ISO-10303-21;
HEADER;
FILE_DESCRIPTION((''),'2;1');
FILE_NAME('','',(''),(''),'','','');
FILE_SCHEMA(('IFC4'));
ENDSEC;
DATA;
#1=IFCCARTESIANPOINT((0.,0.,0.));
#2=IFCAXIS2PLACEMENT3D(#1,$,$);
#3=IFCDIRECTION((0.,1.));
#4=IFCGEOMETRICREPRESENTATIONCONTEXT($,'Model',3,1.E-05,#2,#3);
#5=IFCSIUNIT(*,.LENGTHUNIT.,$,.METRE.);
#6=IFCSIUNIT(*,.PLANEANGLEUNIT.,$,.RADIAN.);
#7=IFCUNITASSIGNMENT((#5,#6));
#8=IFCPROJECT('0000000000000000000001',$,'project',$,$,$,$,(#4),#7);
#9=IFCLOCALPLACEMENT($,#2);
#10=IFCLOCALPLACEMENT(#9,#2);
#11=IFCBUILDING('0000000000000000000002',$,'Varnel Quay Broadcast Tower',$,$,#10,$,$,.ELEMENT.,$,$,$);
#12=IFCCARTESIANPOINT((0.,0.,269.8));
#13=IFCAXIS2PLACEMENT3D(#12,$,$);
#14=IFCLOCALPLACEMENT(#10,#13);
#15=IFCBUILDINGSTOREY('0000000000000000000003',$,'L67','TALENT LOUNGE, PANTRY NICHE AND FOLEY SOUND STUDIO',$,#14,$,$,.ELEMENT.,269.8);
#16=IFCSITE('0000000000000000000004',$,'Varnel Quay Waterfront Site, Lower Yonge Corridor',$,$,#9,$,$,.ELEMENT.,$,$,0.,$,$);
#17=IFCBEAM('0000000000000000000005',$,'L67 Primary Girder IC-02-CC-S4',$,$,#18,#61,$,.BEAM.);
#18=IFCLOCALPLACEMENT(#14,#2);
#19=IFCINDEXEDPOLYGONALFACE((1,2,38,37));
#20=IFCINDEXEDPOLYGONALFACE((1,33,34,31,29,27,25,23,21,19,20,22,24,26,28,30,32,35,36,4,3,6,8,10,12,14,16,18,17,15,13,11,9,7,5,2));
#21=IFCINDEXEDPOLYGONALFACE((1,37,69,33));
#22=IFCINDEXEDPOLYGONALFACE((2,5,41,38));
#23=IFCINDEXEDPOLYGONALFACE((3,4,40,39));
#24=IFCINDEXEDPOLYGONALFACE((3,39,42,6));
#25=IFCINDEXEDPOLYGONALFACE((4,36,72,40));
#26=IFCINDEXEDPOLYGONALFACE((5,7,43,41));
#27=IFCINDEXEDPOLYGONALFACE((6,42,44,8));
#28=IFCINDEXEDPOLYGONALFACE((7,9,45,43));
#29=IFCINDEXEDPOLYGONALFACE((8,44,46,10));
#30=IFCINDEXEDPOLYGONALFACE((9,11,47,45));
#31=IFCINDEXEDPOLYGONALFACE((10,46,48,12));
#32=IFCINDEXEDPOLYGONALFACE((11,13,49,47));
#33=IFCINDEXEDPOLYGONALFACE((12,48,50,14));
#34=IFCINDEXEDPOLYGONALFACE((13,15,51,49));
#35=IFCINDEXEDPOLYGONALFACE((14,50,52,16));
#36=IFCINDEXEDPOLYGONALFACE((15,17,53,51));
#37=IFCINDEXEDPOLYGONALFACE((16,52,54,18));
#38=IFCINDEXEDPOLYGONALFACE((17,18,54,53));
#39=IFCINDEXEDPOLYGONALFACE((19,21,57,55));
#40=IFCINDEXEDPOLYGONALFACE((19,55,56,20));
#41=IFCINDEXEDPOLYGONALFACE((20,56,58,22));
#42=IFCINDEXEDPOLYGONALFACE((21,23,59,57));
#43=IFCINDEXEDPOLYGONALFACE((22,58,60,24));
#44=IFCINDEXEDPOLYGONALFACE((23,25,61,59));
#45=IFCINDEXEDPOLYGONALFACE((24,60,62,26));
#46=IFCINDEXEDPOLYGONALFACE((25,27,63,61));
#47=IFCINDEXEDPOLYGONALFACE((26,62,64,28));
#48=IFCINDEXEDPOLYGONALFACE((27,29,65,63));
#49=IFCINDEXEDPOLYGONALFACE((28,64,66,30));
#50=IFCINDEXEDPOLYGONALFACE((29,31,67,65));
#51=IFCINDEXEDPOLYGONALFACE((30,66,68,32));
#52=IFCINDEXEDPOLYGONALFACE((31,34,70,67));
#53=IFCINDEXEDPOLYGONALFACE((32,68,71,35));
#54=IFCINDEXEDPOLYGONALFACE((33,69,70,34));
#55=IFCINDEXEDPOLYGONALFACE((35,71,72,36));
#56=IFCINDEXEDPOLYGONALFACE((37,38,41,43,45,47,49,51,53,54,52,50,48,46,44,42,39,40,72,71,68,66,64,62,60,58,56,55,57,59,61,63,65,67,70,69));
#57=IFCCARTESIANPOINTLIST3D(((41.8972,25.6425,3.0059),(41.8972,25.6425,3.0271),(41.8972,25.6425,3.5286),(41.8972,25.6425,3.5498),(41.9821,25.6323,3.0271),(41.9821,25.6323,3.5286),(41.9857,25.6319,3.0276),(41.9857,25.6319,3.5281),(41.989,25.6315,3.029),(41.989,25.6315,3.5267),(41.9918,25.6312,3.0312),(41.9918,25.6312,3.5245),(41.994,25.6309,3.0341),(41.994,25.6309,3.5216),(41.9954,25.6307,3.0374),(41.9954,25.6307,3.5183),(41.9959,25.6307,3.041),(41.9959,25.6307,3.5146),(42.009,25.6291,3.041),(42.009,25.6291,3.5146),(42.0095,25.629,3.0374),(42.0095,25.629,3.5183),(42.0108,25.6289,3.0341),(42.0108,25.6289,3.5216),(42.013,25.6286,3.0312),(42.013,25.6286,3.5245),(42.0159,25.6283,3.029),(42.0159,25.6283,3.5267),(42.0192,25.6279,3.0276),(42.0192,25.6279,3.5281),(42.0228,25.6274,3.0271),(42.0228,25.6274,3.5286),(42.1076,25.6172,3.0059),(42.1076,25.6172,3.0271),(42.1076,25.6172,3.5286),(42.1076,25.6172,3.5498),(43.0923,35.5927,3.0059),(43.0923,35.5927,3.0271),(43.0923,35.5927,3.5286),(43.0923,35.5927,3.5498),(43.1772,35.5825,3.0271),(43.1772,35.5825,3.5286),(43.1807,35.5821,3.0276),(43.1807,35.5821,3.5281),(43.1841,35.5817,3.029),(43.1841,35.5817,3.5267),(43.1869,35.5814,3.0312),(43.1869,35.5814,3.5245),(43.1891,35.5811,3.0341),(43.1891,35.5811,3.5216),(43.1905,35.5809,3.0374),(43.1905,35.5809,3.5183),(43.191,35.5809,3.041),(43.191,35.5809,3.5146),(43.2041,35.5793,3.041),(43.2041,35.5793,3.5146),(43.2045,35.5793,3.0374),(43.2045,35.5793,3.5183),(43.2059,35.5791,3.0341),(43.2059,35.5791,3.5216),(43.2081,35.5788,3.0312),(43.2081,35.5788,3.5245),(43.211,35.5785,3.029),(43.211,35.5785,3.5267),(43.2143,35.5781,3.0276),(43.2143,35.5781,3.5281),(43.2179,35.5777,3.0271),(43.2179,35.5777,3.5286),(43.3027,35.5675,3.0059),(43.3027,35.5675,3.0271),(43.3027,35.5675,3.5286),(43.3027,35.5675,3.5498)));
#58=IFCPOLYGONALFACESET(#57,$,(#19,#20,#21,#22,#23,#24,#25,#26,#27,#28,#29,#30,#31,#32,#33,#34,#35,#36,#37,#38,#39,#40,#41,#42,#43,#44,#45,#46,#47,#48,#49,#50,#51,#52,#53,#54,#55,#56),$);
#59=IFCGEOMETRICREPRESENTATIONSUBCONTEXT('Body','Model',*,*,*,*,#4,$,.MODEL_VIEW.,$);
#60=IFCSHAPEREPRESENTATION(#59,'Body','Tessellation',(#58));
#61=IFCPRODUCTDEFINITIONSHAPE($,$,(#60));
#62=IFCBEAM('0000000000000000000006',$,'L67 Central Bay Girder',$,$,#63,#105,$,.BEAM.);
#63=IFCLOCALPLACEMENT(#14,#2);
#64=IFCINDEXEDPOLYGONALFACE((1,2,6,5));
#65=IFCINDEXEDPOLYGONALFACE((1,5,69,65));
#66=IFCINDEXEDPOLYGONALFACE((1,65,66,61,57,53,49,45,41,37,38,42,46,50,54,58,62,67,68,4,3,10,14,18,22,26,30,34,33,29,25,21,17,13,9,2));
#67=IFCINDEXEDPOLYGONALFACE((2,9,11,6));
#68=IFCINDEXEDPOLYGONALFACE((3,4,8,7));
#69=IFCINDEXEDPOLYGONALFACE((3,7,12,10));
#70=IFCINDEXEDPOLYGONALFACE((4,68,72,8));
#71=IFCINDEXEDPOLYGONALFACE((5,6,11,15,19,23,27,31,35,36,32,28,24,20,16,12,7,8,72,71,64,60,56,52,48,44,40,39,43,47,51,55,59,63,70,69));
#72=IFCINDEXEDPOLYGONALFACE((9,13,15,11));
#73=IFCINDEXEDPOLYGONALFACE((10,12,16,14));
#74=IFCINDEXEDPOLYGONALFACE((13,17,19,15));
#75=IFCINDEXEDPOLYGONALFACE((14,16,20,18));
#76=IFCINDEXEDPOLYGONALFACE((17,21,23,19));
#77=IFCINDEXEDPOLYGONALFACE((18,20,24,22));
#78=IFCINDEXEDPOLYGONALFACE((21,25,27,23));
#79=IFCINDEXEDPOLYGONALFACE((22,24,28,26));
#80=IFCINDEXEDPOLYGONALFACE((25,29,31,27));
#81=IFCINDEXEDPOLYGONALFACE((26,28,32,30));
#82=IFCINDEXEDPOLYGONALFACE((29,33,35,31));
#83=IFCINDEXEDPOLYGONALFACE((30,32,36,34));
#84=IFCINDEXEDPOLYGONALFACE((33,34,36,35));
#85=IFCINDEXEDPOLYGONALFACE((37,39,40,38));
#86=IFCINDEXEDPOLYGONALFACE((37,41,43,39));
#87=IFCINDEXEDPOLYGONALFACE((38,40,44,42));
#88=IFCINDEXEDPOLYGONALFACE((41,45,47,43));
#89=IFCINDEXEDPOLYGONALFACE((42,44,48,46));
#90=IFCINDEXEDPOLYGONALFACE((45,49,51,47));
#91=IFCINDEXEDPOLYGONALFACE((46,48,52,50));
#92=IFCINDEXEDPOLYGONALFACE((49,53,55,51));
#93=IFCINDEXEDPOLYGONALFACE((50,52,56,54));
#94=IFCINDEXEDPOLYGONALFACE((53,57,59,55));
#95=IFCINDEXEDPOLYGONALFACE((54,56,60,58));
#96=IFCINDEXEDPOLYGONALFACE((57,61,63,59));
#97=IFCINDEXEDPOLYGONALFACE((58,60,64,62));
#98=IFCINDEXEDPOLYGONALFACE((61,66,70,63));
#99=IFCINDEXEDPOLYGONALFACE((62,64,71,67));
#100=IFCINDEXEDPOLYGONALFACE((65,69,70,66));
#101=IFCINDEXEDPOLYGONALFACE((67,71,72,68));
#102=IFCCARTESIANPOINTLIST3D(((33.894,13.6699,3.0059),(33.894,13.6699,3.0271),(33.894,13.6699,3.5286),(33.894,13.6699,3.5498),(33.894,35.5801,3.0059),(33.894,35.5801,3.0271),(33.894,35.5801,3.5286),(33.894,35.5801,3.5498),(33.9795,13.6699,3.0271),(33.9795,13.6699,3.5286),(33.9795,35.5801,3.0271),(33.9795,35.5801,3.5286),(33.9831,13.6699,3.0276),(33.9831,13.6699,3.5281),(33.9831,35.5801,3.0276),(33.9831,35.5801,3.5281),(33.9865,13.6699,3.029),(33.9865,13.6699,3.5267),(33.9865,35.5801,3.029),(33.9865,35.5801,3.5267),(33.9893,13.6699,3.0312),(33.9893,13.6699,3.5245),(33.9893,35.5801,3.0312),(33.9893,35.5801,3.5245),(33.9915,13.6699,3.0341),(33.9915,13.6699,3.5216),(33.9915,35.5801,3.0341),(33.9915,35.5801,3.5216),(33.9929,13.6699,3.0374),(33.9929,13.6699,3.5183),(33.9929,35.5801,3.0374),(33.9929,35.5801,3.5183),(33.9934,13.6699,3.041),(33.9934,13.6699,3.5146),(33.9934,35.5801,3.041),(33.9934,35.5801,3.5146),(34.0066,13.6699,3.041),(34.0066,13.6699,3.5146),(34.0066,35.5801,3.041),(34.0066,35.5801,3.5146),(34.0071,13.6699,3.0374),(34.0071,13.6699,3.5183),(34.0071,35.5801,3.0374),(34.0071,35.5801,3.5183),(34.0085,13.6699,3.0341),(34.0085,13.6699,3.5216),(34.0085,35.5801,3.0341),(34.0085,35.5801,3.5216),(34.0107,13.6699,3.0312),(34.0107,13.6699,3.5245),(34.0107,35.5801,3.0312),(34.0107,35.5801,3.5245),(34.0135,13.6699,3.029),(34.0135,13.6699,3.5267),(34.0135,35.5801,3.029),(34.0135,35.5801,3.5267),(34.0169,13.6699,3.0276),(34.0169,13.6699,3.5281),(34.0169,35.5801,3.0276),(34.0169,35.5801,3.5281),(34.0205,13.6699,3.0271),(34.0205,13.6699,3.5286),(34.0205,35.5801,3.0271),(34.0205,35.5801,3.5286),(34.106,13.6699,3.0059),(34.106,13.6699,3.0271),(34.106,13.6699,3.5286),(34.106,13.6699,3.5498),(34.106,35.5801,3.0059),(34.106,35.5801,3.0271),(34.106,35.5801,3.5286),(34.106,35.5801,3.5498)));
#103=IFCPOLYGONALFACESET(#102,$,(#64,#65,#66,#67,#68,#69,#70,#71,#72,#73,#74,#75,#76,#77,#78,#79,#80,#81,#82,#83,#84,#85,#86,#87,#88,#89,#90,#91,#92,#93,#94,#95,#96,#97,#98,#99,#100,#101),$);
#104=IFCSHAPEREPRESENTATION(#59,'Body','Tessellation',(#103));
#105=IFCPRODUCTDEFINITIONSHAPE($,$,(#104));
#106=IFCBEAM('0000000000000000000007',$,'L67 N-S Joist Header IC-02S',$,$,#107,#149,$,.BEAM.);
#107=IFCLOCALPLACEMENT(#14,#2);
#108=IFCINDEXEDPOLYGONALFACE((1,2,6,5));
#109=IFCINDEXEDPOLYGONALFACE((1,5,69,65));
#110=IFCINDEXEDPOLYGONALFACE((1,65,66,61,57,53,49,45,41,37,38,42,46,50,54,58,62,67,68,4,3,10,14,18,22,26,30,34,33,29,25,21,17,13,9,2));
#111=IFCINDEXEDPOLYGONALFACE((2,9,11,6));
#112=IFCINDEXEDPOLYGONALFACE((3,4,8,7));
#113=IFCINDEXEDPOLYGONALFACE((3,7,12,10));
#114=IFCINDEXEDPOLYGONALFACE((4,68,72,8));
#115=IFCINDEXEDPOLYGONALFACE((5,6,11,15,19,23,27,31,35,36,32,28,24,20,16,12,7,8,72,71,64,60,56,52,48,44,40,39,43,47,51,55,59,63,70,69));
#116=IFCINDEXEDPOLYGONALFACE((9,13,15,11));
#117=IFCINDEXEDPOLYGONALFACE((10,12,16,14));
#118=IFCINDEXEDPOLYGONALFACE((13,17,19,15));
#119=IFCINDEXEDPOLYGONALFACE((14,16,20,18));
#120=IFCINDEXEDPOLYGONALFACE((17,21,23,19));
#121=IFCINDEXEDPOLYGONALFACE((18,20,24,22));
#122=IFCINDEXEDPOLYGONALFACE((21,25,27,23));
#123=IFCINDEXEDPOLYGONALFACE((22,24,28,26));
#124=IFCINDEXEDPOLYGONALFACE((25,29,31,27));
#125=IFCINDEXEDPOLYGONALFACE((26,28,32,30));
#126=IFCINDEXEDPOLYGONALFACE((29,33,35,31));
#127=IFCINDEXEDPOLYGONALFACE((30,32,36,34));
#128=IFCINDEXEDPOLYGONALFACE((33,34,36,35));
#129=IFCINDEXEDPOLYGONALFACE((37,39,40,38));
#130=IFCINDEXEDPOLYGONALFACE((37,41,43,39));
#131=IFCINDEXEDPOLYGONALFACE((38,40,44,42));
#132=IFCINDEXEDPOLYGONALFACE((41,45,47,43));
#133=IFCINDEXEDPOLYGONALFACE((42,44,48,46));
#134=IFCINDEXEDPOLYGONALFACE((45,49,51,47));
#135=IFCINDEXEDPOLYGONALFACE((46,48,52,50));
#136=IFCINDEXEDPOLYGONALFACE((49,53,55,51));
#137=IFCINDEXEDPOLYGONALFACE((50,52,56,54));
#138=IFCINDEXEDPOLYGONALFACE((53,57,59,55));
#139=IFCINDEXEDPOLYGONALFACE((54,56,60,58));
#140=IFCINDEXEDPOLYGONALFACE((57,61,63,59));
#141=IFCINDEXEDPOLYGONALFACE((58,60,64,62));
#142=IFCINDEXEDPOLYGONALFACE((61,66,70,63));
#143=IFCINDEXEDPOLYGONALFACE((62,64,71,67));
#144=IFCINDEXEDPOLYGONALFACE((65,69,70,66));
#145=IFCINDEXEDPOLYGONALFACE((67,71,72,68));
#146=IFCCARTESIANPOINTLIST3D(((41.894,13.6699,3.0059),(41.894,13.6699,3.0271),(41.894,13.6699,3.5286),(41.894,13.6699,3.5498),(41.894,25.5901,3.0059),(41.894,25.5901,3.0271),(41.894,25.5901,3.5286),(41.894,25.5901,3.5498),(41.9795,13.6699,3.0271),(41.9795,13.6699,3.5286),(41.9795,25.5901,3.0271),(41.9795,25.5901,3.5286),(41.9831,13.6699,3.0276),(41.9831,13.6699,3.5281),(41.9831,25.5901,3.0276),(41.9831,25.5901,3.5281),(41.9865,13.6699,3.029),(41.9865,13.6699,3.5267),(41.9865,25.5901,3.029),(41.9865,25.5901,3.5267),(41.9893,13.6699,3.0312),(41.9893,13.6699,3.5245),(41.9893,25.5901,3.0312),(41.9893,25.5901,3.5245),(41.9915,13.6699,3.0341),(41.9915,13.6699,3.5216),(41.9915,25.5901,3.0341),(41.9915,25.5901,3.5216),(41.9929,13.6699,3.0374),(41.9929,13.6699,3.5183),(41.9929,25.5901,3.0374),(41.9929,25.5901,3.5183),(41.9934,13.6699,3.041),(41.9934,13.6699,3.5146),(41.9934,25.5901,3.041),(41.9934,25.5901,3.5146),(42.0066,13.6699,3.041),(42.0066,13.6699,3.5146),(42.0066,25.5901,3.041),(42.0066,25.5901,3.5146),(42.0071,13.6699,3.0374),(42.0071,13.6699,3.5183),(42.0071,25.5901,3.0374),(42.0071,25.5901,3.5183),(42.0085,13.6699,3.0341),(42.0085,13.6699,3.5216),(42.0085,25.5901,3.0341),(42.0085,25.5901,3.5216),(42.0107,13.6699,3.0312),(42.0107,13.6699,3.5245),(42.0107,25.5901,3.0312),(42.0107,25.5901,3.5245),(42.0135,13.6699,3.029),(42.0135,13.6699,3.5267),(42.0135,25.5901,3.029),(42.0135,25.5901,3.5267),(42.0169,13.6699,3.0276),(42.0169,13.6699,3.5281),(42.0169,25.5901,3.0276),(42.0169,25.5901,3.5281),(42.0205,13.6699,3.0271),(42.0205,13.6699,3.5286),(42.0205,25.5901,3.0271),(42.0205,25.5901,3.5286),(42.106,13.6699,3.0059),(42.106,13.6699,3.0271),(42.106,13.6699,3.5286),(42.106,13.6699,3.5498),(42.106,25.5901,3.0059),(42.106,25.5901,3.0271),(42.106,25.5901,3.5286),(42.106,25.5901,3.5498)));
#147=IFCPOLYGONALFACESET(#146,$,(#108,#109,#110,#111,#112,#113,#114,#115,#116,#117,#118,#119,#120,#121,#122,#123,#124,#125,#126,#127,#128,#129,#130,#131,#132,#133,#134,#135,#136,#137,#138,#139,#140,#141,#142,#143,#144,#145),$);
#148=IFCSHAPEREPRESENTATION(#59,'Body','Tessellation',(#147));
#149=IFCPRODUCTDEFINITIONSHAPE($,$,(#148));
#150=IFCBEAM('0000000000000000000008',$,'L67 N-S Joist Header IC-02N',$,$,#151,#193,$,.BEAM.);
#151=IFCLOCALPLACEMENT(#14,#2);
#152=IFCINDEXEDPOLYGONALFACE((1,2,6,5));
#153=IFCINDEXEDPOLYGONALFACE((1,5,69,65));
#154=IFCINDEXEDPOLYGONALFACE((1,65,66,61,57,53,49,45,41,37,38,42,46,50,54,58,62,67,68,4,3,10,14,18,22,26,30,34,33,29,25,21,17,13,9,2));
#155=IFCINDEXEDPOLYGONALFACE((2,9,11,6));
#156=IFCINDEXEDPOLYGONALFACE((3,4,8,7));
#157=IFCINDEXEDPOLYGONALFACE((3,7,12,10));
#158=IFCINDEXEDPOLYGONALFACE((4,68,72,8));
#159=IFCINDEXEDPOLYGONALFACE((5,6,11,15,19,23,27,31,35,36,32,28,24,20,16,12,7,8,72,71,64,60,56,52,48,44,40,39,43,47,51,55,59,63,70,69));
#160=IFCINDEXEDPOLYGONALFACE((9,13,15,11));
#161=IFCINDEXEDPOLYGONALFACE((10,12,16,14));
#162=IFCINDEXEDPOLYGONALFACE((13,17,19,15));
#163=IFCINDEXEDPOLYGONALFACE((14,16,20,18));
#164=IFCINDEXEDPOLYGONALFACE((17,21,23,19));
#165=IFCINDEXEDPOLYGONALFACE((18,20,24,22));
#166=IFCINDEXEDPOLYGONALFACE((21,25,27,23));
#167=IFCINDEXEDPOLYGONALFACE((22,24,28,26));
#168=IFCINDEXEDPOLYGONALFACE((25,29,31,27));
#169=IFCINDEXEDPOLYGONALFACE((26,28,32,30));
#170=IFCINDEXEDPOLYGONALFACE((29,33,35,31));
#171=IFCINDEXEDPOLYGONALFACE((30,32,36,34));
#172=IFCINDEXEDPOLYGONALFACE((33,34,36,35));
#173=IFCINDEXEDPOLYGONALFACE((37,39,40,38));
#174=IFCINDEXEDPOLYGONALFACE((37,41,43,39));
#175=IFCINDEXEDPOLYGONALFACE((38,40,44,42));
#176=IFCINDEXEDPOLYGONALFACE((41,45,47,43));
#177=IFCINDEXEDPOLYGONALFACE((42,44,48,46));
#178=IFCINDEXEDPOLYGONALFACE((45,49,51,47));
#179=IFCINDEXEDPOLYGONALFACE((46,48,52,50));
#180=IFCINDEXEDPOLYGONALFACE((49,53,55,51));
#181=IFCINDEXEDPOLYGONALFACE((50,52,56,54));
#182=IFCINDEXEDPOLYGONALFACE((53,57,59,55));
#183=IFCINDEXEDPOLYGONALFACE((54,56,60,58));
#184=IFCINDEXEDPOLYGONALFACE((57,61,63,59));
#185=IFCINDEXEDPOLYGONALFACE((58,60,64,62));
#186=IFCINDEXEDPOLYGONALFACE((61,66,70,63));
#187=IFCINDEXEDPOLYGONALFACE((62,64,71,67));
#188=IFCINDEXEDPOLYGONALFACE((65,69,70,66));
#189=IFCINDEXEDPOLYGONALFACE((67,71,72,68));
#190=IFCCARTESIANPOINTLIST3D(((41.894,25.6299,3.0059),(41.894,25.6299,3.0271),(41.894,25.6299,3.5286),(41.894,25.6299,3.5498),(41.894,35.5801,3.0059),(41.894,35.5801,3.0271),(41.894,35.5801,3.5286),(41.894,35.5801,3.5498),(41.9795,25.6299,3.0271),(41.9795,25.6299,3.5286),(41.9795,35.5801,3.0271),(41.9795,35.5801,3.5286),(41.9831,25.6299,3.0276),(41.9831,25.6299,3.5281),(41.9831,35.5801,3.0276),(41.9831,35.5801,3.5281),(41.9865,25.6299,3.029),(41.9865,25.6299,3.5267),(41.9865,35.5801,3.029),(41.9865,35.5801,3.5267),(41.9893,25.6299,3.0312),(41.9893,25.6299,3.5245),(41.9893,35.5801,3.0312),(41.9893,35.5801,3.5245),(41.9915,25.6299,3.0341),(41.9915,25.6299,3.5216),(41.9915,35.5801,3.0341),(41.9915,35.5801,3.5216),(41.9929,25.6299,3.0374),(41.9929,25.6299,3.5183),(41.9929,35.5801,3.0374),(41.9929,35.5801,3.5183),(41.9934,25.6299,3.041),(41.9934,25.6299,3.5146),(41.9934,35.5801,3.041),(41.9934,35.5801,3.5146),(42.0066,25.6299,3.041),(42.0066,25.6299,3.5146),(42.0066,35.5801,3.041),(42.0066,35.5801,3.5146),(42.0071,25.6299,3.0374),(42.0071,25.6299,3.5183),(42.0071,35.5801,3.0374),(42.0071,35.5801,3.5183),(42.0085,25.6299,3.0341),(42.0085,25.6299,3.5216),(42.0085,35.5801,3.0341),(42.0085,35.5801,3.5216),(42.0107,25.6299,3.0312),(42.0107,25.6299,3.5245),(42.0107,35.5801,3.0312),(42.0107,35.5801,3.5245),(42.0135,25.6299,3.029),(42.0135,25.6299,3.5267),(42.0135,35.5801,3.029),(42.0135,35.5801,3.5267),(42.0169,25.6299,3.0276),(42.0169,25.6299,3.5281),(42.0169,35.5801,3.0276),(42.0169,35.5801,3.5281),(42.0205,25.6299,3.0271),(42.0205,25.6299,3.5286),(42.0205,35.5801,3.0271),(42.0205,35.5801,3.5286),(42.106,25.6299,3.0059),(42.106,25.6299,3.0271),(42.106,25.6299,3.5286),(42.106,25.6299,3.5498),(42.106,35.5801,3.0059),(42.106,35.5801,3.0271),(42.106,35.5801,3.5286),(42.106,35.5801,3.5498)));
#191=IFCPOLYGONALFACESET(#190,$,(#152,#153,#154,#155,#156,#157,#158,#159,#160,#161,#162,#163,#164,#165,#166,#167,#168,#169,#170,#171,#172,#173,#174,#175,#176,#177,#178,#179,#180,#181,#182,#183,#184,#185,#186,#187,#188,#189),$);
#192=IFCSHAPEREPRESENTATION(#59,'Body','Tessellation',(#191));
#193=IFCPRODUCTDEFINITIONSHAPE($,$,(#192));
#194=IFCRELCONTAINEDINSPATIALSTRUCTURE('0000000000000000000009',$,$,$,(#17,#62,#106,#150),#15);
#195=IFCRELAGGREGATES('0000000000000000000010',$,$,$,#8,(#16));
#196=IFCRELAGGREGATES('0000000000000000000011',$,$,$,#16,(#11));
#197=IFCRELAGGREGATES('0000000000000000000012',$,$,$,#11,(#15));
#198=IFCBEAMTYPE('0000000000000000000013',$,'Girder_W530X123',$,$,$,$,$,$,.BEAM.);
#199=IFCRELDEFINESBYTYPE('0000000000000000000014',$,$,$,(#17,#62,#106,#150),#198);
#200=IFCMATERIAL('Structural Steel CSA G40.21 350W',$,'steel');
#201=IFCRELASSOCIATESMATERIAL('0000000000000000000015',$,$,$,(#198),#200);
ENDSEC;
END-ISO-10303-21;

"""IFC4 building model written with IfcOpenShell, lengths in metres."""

from ifc_helpers import new_model, si_unit, direction, frame, origin, origin_2d, place, context, subcontext, project, spatial, i_section, extrude, source, transform, mapped, material, material_profile, profile_set, type_object, element, save


model = new_model("IFC4")

# Units and contexts
model_context = context("Model", 3, precision=1e-05, world=origin(), true_north=direction((0.0, 1.0)))
body_context = subcontext(model_context, "Body", "Model", "MODEL_VIEW")
ifc_project = project(units=[si_unit("LENGTHUNIT", "METRE"), si_unit("PLANEANGLEUNIT", "RADIAN")], contexts=[model_context])

# Site, building, storey
site_placement = place(None, origin())
site = spatial("IfcSite", under=ifc_project, at=site_placement, Name="Varnel Quay Waterfront Site, Lower Yonge Corridor", CompositionType="ELEMENT", RefElevation=0.0)
building_placement = place(site_placement, origin())
building = spatial("IfcBuilding", under=site, at=building_placement, Name="Varnel Quay Broadcast Tower", CompositionType="ELEMENT")
storey_placement = place(building_placement, frame((0.0, 0.0, 269.8)))
storey = spatial("IfcBuildingStorey", under=building, at=storey_placement, Name="L67", Description="TALENT LOUNGE, PANTRY NICHE AND FOLEY SOUND STUDIO", CompositionType="ELEMENT", Elevation=269.8)

# Shared definitions
ifc_material_1 = material(Name="Structural Steel CSA G40.21 350W", Category="steel")

# Beams
ifc_material_profile_1 = material_profile(ifc_material_1, i_section(OverallWidth=0.2119, OverallDepth=0.5439, WebThickness=0.0132, FlangeThickness=0.0212, FilletRadius=0.0139, at=origin_2d()), Name="W530X123")
ifc_profile_set_1 = profile_set([ifc_material_profile_1], Name="Structural Steel CSA G40.21 350W")
beam_type_1 = type_object("IfcBeamType", Name="Girder_W530X123", PredefinedType="BEAM", material=ifc_profile_set_1)
shared_shape_1 = source(origin(), body_context, "Body", "SweptSolid", [
    extrude(i_section(OverallWidth=0.2119, OverallDepth=0.5439, WebThickness=0.0132, FlangeThickness=0.0212, FilletRadius=0.0139, at=origin_2d()), origin(), (0.0, 0.0, 1.0), 10.0217),
])
beam_1_placement = place(storey_placement, frame((42.0024, 25.6299, 3.2778), z_axis=(0.119248, 0.992864, 0.0), x_axis=(-0.992864, 0.119248, 0.0)))
element("IfcBeam", 1, at=beam_1_placement, inside=storey, type_object=beam_type_1, Name="L67 Primary Girder IC-02-CC-S4", PredefinedType="BEAM", context=body_context, shape_type="MappedRepresentation", body=[
    mapped(shared_shape_1, transform((0.0, 0.0, 0.0), x_axis=(1.0, 0.0, 0.0), y_axis=(0.0, 1.0, 0.0), z_axis=(0.0, 0.0, 1.0), scale=1.0)),
])
shared_shape_2 = source(origin(), body_context, "Body", "SweptSolid", [
    extrude(i_section(OverallWidth=0.2119, OverallDepth=0.5439, WebThickness=0.0132, FlangeThickness=0.0212, FilletRadius=0.0139, at=origin_2d()), origin(), (0.0, 0.0, 1.0), 21.9102),
])
beam_2_placement = place(storey_placement, frame((34.0, 13.6699, 3.2778), z_axis=(0.0, 1.0, 0.0), x_axis=(-1.0, 0.0, 0.0)))
element("IfcBeam", 2, at=beam_2_placement, inside=storey, type_object=beam_type_1, Name="L67 Central Bay Girder", PredefinedType="BEAM", context=body_context, shape_type="MappedRepresentation", body=[
    mapped(shared_shape_2, transform((0.0, 0.0, 0.0), x_axis=(1.0, 0.0, 0.0), y_axis=(0.0, 1.0, 0.0), z_axis=(0.0, 0.0, 1.0), scale=1.0)),
])
shared_shape_3 = source(origin(), body_context, "Body", "SweptSolid", [
    extrude(i_section(OverallWidth=0.2119, OverallDepth=0.5439, WebThickness=0.0132, FlangeThickness=0.0212, FilletRadius=0.0139, at=origin_2d()), origin(), (0.0, 0.0, 1.0), 11.9202),
])
beam_3_placement = place(storey_placement, frame((42.0, 13.6699, 3.2778), z_axis=(0.0, 1.0, 0.0), x_axis=(-1.0, 0.0, 0.0)))
element("IfcBeam", 3, at=beam_3_placement, inside=storey, type_object=beam_type_1, Name="L67 N-S Joist Header IC-02S", PredefinedType="BEAM", context=body_context, shape_type="MappedRepresentation", body=[
    mapped(shared_shape_3, transform((0.0, 0.0, 0.0), x_axis=(1.0, 0.0, 0.0), y_axis=(0.0, 1.0, 0.0), z_axis=(0.0, 0.0, 1.0), scale=1.0)),
])
shared_shape_4 = source(origin(), body_context, "Body", "SweptSolid", [
    extrude(i_section(OverallWidth=0.2119, OverallDepth=0.5439, WebThickness=0.0132, FlangeThickness=0.0212, FilletRadius=0.0139, at=origin_2d()), origin(), (0.0, 0.0, 1.0), 9.9502),
])
beam_4_placement = place(storey_placement, frame((42.0, 25.6299, 3.2778), z_axis=(0.0, 1.0, 0.0), x_axis=(-1.0, 0.0, 0.0)))
element("IfcBeam", 4, at=beam_4_placement, inside=storey, type_object=beam_type_1, Name="L67 N-S Joist Header IC-02N", PredefinedType="BEAM", context=body_context, shape_type="MappedRepresentation", body=[
    mapped(shared_shape_4, transform((0.0, 0.0, 0.0), x_axis=(1.0, 0.0, 0.0), y_axis=(0.0, 1.0, 0.0), z_axis=(0.0, 0.0, 1.0), scale=1.0)),
])

save(model, "model.ifc")
